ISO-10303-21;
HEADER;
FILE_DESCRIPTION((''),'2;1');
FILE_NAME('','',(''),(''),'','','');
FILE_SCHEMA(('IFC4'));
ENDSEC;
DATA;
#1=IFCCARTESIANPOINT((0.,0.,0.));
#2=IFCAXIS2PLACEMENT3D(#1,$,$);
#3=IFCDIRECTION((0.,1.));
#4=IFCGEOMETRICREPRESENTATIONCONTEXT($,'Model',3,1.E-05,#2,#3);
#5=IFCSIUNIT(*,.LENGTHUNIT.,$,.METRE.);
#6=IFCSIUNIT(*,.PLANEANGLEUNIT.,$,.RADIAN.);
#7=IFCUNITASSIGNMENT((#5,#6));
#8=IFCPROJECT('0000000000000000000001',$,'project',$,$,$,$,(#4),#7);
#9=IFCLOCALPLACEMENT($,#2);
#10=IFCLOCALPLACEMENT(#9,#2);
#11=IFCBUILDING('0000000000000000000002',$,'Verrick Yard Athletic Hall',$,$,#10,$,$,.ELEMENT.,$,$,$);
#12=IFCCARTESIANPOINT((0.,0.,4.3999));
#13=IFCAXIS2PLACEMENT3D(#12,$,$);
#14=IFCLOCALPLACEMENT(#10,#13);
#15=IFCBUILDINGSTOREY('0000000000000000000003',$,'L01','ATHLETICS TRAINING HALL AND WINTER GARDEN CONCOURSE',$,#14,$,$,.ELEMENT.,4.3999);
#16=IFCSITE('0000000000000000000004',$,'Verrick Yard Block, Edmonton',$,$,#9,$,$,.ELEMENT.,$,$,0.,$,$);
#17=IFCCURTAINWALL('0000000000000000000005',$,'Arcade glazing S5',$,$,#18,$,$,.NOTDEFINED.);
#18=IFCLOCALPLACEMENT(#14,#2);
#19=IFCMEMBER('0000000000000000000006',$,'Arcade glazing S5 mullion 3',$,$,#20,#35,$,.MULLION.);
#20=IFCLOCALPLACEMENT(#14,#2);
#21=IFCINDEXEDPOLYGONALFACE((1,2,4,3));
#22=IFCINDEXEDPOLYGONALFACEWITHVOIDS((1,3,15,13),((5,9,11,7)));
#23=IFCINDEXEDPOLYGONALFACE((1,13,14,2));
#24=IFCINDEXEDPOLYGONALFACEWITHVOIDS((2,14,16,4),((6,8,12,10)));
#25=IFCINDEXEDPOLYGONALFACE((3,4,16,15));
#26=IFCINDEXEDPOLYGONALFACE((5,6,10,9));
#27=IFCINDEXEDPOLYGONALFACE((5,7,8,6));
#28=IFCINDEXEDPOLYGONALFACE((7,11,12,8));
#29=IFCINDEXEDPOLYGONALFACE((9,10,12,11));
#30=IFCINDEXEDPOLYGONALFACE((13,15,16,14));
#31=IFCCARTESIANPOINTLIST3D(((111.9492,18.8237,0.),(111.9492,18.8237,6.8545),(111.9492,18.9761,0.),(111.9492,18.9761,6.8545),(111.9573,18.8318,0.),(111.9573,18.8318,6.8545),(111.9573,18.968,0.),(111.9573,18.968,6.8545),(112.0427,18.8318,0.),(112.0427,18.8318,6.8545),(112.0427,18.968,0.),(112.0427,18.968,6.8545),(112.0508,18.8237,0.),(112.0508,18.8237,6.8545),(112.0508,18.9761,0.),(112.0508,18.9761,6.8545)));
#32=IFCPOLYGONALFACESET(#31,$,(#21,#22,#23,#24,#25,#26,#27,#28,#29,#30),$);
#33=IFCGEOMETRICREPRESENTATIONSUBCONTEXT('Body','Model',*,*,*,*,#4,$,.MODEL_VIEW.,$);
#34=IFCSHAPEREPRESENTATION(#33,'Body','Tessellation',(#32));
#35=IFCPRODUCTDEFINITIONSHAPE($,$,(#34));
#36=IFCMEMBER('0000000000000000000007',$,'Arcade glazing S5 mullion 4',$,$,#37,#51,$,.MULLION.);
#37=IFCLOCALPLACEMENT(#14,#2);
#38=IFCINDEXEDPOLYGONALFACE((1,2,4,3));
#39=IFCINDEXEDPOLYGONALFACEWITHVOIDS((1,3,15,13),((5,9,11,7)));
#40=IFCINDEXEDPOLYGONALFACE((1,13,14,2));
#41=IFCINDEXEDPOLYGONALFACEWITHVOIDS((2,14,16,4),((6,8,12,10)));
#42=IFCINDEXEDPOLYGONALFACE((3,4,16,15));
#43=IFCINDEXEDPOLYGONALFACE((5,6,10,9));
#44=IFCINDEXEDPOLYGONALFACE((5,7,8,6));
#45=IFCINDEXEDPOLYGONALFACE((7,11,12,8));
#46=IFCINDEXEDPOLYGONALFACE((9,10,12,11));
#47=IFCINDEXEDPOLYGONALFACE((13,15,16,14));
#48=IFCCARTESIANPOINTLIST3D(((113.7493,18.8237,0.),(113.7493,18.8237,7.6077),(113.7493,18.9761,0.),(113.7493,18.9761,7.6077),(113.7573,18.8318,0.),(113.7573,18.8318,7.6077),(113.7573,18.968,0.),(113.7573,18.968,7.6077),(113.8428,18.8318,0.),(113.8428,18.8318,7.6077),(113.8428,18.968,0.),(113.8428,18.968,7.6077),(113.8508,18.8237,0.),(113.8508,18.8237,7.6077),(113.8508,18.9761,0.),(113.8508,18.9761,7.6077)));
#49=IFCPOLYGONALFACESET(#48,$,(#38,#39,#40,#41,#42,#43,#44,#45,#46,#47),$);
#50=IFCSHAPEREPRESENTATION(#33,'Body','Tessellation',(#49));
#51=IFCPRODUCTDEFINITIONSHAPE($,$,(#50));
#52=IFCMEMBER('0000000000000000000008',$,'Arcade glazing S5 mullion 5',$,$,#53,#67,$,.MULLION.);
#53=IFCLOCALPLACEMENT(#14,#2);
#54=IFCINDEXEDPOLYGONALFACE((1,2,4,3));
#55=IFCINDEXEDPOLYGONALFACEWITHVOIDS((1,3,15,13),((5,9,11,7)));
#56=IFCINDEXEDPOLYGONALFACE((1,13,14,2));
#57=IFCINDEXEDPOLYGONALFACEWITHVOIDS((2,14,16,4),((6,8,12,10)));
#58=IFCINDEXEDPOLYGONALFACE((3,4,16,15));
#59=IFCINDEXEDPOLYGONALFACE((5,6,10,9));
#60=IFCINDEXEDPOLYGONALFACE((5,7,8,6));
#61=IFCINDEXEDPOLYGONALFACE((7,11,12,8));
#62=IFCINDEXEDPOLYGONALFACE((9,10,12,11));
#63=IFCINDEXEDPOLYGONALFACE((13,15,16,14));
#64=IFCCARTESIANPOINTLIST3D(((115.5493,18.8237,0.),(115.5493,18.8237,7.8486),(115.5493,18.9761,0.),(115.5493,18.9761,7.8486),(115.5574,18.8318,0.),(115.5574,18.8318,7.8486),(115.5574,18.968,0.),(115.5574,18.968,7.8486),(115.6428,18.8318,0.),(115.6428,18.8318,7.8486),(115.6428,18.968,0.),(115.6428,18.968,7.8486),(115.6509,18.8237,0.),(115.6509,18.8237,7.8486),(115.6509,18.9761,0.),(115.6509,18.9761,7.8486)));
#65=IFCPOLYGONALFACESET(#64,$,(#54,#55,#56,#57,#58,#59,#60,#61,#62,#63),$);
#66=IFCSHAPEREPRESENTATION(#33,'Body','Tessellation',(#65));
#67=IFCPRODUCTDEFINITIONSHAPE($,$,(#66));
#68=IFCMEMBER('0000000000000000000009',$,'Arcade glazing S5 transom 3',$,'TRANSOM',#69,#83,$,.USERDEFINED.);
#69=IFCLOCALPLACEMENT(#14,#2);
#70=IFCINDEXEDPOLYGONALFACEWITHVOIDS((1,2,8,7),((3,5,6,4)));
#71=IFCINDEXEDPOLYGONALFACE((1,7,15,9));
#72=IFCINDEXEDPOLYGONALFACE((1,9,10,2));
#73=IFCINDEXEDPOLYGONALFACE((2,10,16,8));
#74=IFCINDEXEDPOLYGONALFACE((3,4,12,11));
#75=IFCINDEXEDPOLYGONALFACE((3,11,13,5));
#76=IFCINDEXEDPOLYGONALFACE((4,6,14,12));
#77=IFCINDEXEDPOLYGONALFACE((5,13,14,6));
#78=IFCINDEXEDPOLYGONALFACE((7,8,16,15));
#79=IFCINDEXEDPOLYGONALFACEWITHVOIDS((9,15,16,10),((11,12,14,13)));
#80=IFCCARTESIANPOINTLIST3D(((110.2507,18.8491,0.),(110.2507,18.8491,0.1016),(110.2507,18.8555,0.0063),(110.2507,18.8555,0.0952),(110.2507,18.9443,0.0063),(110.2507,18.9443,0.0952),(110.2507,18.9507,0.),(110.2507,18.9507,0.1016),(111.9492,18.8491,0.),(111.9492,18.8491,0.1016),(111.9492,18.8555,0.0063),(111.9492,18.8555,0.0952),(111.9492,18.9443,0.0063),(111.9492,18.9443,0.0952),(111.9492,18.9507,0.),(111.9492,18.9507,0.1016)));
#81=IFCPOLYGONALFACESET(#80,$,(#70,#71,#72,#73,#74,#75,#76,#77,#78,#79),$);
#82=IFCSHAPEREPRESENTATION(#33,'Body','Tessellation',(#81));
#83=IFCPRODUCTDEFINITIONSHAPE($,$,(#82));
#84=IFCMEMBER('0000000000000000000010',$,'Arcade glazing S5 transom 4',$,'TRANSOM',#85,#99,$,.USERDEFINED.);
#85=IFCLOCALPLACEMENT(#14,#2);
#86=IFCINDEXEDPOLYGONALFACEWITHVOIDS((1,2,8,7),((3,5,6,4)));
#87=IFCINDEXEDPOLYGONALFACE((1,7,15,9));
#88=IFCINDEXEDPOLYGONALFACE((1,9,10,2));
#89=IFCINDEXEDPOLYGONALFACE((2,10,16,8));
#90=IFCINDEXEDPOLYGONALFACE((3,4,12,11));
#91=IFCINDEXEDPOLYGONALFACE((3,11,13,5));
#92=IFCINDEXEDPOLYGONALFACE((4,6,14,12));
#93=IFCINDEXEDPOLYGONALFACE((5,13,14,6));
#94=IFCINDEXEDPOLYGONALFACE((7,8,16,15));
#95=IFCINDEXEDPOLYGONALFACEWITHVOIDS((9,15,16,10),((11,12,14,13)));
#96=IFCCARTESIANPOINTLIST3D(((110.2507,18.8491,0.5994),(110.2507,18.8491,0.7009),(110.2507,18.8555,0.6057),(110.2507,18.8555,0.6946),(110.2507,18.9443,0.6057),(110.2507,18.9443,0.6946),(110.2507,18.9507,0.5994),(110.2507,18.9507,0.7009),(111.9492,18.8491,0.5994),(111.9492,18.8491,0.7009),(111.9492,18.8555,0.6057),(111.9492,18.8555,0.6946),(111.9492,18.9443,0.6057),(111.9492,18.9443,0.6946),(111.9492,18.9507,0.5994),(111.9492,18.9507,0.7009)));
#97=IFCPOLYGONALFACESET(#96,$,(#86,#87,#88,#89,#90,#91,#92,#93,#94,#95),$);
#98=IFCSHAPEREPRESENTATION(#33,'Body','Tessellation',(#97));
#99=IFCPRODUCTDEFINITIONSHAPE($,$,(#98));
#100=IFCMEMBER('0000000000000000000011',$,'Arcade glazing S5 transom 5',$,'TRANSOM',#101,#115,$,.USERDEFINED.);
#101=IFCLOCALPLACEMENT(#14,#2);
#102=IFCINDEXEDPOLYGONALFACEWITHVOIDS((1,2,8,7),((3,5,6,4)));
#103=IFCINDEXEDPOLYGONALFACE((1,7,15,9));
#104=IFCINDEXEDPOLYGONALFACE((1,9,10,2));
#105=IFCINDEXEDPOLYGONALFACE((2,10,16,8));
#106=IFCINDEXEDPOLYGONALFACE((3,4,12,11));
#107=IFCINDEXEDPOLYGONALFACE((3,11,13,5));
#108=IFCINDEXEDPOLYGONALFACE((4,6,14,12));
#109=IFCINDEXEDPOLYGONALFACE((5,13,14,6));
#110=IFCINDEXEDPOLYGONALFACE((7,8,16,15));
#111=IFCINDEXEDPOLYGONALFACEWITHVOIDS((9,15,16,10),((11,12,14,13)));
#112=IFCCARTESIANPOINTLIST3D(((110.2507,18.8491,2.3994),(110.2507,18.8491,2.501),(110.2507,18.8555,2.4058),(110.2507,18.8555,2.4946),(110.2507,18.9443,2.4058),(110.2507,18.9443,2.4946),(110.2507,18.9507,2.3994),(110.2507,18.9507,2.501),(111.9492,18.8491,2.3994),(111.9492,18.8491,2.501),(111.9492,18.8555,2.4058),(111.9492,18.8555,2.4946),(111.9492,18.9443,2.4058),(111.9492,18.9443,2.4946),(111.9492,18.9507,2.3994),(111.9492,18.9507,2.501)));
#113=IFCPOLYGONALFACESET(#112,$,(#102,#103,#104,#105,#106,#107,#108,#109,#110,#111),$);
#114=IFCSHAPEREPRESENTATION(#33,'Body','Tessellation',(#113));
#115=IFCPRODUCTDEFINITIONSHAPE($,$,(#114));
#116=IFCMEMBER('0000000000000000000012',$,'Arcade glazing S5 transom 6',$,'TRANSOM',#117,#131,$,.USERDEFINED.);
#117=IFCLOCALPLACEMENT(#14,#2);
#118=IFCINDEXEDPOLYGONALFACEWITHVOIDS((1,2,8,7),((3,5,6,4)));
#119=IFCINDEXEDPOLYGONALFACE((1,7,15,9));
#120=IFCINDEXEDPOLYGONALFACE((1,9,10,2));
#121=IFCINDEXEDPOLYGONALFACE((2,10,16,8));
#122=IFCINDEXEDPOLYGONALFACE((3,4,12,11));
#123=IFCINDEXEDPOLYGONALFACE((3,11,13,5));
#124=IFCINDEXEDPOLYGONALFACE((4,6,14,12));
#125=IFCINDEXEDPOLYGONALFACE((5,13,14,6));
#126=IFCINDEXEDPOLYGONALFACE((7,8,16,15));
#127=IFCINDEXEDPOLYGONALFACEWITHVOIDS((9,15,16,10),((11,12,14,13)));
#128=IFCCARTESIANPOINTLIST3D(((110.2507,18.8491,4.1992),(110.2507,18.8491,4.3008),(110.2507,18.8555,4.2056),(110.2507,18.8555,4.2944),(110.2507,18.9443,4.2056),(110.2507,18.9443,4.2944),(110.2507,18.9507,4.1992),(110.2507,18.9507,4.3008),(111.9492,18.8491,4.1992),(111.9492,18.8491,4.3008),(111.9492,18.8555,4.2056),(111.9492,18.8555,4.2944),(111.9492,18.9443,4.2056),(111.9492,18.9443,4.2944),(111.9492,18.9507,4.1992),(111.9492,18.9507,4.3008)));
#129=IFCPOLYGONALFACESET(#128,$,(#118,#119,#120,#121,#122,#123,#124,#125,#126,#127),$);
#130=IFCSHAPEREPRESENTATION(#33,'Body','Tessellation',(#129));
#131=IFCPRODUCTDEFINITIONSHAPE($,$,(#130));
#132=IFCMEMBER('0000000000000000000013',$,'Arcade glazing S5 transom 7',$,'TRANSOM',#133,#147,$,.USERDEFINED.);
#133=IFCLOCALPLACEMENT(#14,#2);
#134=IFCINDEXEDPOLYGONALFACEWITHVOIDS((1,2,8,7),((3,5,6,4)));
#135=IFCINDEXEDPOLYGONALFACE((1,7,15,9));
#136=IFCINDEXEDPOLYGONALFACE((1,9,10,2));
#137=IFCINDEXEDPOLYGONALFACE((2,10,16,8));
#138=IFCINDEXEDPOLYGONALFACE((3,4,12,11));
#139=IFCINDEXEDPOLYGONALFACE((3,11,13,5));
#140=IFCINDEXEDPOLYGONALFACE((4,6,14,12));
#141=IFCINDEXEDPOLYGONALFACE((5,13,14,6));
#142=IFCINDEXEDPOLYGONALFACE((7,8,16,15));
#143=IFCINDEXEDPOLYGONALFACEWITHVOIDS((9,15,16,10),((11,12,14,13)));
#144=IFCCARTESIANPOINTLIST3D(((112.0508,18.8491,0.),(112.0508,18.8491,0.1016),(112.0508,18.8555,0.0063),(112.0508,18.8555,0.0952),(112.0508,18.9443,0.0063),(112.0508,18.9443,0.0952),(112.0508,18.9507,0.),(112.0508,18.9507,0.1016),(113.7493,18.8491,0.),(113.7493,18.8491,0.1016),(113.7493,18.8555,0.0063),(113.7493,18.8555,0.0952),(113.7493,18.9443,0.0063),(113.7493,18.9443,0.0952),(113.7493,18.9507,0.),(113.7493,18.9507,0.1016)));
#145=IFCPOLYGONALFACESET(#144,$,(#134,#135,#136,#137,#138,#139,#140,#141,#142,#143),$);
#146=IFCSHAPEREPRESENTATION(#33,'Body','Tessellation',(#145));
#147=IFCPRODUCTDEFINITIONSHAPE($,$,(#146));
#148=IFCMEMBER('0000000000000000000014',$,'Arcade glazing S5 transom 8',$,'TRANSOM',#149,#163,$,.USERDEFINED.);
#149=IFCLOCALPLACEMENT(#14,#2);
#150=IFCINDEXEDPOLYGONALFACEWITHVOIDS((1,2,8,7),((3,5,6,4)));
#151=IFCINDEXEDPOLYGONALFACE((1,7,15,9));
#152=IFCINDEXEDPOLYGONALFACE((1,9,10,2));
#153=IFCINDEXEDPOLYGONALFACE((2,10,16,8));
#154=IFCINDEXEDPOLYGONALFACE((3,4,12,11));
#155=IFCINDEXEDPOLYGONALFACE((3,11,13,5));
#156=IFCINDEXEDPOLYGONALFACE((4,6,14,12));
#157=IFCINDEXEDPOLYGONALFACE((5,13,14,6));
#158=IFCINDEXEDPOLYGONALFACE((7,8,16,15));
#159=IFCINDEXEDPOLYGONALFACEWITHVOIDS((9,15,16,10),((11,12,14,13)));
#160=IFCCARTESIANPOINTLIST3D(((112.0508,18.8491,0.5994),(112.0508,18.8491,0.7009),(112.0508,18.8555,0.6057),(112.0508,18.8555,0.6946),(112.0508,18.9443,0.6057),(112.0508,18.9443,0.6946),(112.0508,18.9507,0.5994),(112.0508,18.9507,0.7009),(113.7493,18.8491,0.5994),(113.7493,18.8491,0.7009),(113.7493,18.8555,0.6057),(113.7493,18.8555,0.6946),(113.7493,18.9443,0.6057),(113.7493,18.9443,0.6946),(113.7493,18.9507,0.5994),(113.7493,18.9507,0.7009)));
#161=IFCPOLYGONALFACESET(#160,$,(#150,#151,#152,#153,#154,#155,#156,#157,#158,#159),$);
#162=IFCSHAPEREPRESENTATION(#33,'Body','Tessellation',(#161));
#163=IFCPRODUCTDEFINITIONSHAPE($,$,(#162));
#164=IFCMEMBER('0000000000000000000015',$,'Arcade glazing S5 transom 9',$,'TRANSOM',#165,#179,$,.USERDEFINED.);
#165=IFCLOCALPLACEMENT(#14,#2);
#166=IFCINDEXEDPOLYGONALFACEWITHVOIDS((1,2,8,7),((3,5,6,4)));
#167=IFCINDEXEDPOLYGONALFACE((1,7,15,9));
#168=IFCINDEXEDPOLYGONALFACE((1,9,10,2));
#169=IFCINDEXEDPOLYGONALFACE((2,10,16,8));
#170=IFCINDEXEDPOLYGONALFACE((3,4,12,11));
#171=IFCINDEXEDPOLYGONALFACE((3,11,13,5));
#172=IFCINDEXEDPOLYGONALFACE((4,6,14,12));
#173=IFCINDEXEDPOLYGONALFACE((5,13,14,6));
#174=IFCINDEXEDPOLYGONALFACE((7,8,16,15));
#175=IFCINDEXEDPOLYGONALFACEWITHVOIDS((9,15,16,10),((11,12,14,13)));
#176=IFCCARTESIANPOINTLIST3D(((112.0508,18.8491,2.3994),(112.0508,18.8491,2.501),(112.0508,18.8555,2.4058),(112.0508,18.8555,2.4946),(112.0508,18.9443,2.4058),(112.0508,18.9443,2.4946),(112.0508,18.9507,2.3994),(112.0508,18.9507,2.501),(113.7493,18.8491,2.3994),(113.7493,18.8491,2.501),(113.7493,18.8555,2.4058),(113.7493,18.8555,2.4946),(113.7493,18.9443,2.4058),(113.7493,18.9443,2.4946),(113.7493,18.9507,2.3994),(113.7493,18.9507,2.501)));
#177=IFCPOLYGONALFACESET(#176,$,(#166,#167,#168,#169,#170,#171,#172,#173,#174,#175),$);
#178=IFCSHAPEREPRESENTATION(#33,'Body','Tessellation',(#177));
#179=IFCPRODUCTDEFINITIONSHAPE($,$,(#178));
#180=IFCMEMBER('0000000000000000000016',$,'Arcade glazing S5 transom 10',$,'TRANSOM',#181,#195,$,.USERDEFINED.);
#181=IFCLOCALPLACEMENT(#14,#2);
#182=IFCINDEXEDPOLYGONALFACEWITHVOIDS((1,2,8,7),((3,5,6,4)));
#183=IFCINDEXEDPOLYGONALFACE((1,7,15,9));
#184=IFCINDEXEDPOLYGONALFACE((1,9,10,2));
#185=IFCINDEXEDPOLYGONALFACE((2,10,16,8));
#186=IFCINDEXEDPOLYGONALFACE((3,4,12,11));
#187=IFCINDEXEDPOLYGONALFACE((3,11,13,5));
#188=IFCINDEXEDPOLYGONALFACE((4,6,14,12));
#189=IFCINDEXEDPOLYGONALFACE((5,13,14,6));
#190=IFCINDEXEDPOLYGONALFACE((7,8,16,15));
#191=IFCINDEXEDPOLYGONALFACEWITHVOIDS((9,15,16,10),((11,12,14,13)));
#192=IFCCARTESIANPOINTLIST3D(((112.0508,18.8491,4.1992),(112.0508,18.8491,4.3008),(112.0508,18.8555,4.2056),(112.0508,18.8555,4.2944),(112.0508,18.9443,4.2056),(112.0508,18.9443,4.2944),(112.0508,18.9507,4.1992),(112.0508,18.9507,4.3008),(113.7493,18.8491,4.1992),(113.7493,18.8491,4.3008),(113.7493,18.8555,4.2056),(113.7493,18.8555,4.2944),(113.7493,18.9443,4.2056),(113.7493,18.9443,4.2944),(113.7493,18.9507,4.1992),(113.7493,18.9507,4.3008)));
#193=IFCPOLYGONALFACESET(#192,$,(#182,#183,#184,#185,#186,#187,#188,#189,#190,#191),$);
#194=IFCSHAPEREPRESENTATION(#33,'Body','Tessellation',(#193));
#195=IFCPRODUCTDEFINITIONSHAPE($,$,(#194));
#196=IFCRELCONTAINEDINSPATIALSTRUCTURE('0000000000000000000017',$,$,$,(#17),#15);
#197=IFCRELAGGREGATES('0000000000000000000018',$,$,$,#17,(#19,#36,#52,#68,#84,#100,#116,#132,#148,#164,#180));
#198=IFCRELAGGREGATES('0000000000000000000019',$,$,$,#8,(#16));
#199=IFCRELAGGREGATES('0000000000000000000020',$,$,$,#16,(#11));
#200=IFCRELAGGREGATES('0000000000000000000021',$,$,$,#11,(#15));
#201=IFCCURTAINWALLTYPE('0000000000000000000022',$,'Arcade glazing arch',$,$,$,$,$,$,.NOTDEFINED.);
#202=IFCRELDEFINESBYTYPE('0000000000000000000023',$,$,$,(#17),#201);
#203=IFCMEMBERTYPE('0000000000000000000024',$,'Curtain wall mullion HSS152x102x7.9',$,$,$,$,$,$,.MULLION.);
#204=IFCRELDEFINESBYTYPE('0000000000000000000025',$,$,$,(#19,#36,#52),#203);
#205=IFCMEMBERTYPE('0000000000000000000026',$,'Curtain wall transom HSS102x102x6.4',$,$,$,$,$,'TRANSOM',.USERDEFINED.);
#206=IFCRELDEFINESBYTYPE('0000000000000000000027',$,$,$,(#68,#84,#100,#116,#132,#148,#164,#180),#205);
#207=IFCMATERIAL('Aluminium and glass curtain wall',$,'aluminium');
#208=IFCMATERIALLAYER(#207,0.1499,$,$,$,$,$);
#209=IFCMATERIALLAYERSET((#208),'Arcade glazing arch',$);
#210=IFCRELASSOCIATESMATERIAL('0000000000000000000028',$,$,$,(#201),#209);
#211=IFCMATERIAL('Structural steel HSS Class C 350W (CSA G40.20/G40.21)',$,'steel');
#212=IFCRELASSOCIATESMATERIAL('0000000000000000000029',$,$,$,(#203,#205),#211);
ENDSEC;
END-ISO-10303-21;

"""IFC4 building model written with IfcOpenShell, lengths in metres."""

from ifc_helpers import new_model, si_unit, direction, frame, origin, origin_2d, place, context, subcontext, project, spatial, hollow_rectangle, extrude, material, layer, layer_set, material_profile, profile_set, type_object, element, aggregate, save


model = new_model("IFC4")

# Units and contexts
model_context = context("Model", 3, precision=1e-05, world=origin(), true_north=direction((0.0, 1.0)))
body_context = subcontext(model_context, "Body", "Model", "MODEL_VIEW")
ifc_project = project(units=[si_unit("LENGTHUNIT", "METRE"), si_unit("PLANEANGLEUNIT", "RADIAN")], contexts=[model_context])

# Site, building, storey
site_placement = place(None, origin())
site = spatial("IfcSite", under=ifc_project, at=site_placement, Name="Verrick Yard Block, Edmonton", CompositionType="ELEMENT", RefElevation=0.0)
building_placement = place(site_placement, origin())
building = spatial("IfcBuilding", under=site, at=building_placement, Name="Verrick Yard Athletic Hall", CompositionType="ELEMENT")
storey_placement = place(building_placement, frame((0.0, 0.0, 4.3999)))
storey = spatial("IfcBuildingStorey", under=building, at=storey_placement, Name="L01", Description="ATHLETICS TRAINING HALL AND WINTER GARDEN CONCOURSE", CompositionType="ELEMENT", Elevation=4.3999)

# Curtain wall, members
ifc_material_1 = material(Name="Aluminium and glass curtain wall", Category="aluminium")
ifc_layer_1 = layer(ifc_material_1, 0.1499)
ifc_layer_set_1 = layer_set([ifc_layer_1], Name="Arcade glazing arch")
curtain_wall_type = type_object("IfcCurtainWallType", Name="Arcade glazing arch", PredefinedType="NOTDEFINED", material=ifc_layer_set_1)
curtain_wall_placement = place(storey_placement, origin())
curtain_wall = element("IfcCurtainWall", 1, at=curtain_wall_placement, inside=storey, type_object=curtain_wall_type, Name="Arcade glazing S5", PredefinedType="NOTDEFINED")
ifc_material_2 = material(Name="Structural steel HSS Class C 350W (CSA G40.20/G40.21)", Category="steel")
ifc_material_profile_1 = material_profile(ifc_material_2, hollow_rectangle(XDim=0.1016, YDim=0.1523, WallThickness=0.0081, at=origin_2d()), Name="HSS152x102x7.9")
ifc_profile_set_1 = profile_set([ifc_material_profile_1], Name="Structural steel HSS Class C 350W (CSA G40.20/G40.21)")
member_type_1 = type_object("IfcMemberType", Name="Curtain wall mullion HSS152x102x7.9", PredefinedType="MULLION", material=ifc_profile_set_1)
member_1_placement = place(storey_placement, frame((112.0, 18.8999, 0.0), z_axis=(0.0, 0.0, 1.0), x_axis=(1.0, 0.0, 0.0)))
member_1 = element("IfcMember", 2, at=member_1_placement, type_object=member_type_1, Name="Arcade glazing S5 mullion 3", PredefinedType="MULLION", context=body_context, shape_type="SweptSolid", body=[
    extrude(hollow_rectangle(XDim=0.1016, YDim=0.1523, WallThickness=0.0081, at=origin_2d()), origin(), (0.0, 0.0, 1.0), 6.8545),
])
member_2_placement = place(storey_placement, frame((113.8, 18.8999, 0.0), z_axis=(0.0, 0.0, 1.0), x_axis=(1.0, 0.0, 0.0)))
member_2 = element("IfcMember", 3, at=member_2_placement, type_object=member_type_1, Name="Arcade glazing S5 mullion 4", PredefinedType="MULLION", context=body_context, shape_type="SweptSolid", body=[
    extrude(hollow_rectangle(XDim=0.1016, YDim=0.1523, WallThickness=0.0081, at=origin_2d()), origin(), (0.0, 0.0, 1.0), 7.6077),
])
member_3_placement = place(storey_placement, frame((115.6001, 18.8999, 0.0), z_axis=(0.0, 0.0, 1.0), x_axis=(1.0, 0.0, 0.0)))
member_3 = element("IfcMember", 4, at=member_3_placement, type_object=member_type_1, Name="Arcade glazing S5 mullion 5", PredefinedType="MULLION", context=body_context, shape_type="SweptSolid", body=[
    extrude(hollow_rectangle(XDim=0.1016, YDim=0.1523, WallThickness=0.0081, at=origin_2d()), origin(), (0.0, 0.0, 1.0), 7.8486),
])
ifc_material_profile_2 = material_profile(ifc_material_2, hollow_rectangle(XDim=0.1016, YDim=0.1016, WallThickness=0.0063, at=origin_2d()), Name="HSS102x102x6.4")
ifc_profile_set_2 = profile_set([ifc_material_profile_2], Name="Structural steel HSS Class C 350W (CSA G40.20/G40.21)")
member_type_2 = type_object("IfcMemberType", Name="Curtain wall transom HSS102x102x6.4", ElementType="TRANSOM", PredefinedType="USERDEFINED", material=ifc_profile_set_2)
member_4_placement = place(storey_placement, frame((110.2507, 18.8999, 0.0508), z_axis=(1.0, 0.0, 0.0), x_axis=(0.0, 1.0, 0.0)))
member_4 = element("IfcMember", 5, at=member_4_placement, type_object=member_type_2, Name="Arcade glazing S5 transom 3", ObjectType="TRANSOM", PredefinedType="USERDEFINED", context=body_context, shape_type="SweptSolid", body=[
    extrude(hollow_rectangle(XDim=0.1016, YDim=0.1016, WallThickness=0.0063, at=origin_2d()), origin(), (0.0, 0.0, 1.0), 1.6985),
])
member_5_placement = place(storey_placement, frame((110.2507, 18.8999, 0.6501), z_axis=(1.0, 0.0, 0.0), x_axis=(0.0, 1.0, 0.0)))
member_5 = element("IfcMember", 6, at=member_5_placement, type_object=member_type_2, Name="Arcade glazing S5 transom 4", ObjectType="TRANSOM", PredefinedType="USERDEFINED", context=body_context, shape_type="SweptSolid", body=[
    extrude(hollow_rectangle(XDim=0.1016, YDim=0.1016, WallThickness=0.0063, at=origin_2d()), origin(), (0.0, 0.0, 1.0), 1.6985),
])
member_6_placement = place(storey_placement, frame((110.2507, 18.8999, 2.4502), z_axis=(1.0, 0.0, 0.0), x_axis=(0.0, 1.0, 0.0)))
member_6 = element("IfcMember", 7, at=member_6_placement, type_object=member_type_2, Name="Arcade glazing S5 transom 5", ObjectType="TRANSOM", PredefinedType="USERDEFINED", context=body_context, shape_type="SweptSolid", body=[
    extrude(hollow_rectangle(XDim=0.1016, YDim=0.1016, WallThickness=0.0063, at=origin_2d()), origin(), (0.0, 0.0, 1.0), 1.6985),
])
member_7_placement = place(storey_placement, frame((110.2507, 18.8999, 4.25), z_axis=(1.0, 0.0, 0.0), x_axis=(0.0, 1.0, 0.0)))
member_7 = element("IfcMember", 8, at=member_7_placement, type_object=member_type_2, Name="Arcade glazing S5 transom 6", ObjectType="TRANSOM", PredefinedType="USERDEFINED", context=body_context, shape_type="SweptSolid", body=[
    extrude(hollow_rectangle(XDim=0.1016, YDim=0.1016, WallThickness=0.0063, at=origin_2d()), origin(), (0.0, 0.0, 1.0), 1.6985),
])
member_8_placement = place(storey_placement, frame((112.0508, 18.8999, 0.0508), z_axis=(1.0, 0.0, 0.0), x_axis=(0.0, 1.0, 0.0)))
member_8 = element("IfcMember", 9, at=member_8_placement, type_object=member_type_2, Name="Arcade glazing S5 transom 7", ObjectType="TRANSOM", PredefinedType="USERDEFINED", context=body_context, shape_type="SweptSolid", body=[
    extrude(hollow_rectangle(XDim=0.1016, YDim=0.1016, WallThickness=0.0063, at=origin_2d()), origin(), (0.0, 0.0, 1.0), 1.6985),
])
member_9_placement = place(storey_placement, frame((112.0508, 18.8999, 0.6501), z_axis=(1.0, 0.0, 0.0), x_axis=(0.0, 1.0, 0.0)))
member_9 = element("IfcMember", 10, at=member_9_placement, type_object=member_type_2, Name="Arcade glazing S5 transom 8", ObjectType="TRANSOM", PredefinedType="USERDEFINED", context=body_context, shape_type="SweptSolid", body=[
    extrude(hollow_rectangle(XDim=0.1016, YDim=0.1016, WallThickness=0.0063, at=origin_2d()), origin(), (0.0, 0.0, 1.0), 1.6985),
])
member_10_placement = place(storey_placement, frame((112.0508, 18.8999, 2.4502), z_axis=(1.0, 0.0, 0.0), x_axis=(0.0, 1.0, 0.0)))
member_10 = element("IfcMember", 11, at=member_10_placement, type_object=member_type_2, Name="Arcade glazing S5 transom 9", ObjectType="TRANSOM", PredefinedType="USERDEFINED", context=body_context, shape_type="SweptSolid", body=[
    extrude(hollow_rectangle(XDim=0.1016, YDim=0.1016, WallThickness=0.0063, at=origin_2d()), origin(), (0.0, 0.0, 1.0), 1.6985),
])
member_11_placement = place(storey_placement, frame((112.0508, 18.8999, 4.25), z_axis=(1.0, 0.0, 0.0), x_axis=(0.0, 1.0, 0.0)))
member_11 = element("IfcMember", 12, at=member_11_placement, type_object=member_type_2, Name="Arcade glazing S5 transom 10", ObjectType="TRANSOM", PredefinedType="USERDEFINED", context=body_context, shape_type="SweptSolid", body=[
    extrude(hollow_rectangle(XDim=0.1016, YDim=0.1016, WallThickness=0.0063, at=origin_2d()), origin(), (0.0, 0.0, 1.0), 1.6985),
])
aggregate(curtain_wall, [member_1, member_2, member_3, member_4, member_5, member_6, member_7, member_8, member_9, member_10, member_11])

save(model, "model.ifc")
